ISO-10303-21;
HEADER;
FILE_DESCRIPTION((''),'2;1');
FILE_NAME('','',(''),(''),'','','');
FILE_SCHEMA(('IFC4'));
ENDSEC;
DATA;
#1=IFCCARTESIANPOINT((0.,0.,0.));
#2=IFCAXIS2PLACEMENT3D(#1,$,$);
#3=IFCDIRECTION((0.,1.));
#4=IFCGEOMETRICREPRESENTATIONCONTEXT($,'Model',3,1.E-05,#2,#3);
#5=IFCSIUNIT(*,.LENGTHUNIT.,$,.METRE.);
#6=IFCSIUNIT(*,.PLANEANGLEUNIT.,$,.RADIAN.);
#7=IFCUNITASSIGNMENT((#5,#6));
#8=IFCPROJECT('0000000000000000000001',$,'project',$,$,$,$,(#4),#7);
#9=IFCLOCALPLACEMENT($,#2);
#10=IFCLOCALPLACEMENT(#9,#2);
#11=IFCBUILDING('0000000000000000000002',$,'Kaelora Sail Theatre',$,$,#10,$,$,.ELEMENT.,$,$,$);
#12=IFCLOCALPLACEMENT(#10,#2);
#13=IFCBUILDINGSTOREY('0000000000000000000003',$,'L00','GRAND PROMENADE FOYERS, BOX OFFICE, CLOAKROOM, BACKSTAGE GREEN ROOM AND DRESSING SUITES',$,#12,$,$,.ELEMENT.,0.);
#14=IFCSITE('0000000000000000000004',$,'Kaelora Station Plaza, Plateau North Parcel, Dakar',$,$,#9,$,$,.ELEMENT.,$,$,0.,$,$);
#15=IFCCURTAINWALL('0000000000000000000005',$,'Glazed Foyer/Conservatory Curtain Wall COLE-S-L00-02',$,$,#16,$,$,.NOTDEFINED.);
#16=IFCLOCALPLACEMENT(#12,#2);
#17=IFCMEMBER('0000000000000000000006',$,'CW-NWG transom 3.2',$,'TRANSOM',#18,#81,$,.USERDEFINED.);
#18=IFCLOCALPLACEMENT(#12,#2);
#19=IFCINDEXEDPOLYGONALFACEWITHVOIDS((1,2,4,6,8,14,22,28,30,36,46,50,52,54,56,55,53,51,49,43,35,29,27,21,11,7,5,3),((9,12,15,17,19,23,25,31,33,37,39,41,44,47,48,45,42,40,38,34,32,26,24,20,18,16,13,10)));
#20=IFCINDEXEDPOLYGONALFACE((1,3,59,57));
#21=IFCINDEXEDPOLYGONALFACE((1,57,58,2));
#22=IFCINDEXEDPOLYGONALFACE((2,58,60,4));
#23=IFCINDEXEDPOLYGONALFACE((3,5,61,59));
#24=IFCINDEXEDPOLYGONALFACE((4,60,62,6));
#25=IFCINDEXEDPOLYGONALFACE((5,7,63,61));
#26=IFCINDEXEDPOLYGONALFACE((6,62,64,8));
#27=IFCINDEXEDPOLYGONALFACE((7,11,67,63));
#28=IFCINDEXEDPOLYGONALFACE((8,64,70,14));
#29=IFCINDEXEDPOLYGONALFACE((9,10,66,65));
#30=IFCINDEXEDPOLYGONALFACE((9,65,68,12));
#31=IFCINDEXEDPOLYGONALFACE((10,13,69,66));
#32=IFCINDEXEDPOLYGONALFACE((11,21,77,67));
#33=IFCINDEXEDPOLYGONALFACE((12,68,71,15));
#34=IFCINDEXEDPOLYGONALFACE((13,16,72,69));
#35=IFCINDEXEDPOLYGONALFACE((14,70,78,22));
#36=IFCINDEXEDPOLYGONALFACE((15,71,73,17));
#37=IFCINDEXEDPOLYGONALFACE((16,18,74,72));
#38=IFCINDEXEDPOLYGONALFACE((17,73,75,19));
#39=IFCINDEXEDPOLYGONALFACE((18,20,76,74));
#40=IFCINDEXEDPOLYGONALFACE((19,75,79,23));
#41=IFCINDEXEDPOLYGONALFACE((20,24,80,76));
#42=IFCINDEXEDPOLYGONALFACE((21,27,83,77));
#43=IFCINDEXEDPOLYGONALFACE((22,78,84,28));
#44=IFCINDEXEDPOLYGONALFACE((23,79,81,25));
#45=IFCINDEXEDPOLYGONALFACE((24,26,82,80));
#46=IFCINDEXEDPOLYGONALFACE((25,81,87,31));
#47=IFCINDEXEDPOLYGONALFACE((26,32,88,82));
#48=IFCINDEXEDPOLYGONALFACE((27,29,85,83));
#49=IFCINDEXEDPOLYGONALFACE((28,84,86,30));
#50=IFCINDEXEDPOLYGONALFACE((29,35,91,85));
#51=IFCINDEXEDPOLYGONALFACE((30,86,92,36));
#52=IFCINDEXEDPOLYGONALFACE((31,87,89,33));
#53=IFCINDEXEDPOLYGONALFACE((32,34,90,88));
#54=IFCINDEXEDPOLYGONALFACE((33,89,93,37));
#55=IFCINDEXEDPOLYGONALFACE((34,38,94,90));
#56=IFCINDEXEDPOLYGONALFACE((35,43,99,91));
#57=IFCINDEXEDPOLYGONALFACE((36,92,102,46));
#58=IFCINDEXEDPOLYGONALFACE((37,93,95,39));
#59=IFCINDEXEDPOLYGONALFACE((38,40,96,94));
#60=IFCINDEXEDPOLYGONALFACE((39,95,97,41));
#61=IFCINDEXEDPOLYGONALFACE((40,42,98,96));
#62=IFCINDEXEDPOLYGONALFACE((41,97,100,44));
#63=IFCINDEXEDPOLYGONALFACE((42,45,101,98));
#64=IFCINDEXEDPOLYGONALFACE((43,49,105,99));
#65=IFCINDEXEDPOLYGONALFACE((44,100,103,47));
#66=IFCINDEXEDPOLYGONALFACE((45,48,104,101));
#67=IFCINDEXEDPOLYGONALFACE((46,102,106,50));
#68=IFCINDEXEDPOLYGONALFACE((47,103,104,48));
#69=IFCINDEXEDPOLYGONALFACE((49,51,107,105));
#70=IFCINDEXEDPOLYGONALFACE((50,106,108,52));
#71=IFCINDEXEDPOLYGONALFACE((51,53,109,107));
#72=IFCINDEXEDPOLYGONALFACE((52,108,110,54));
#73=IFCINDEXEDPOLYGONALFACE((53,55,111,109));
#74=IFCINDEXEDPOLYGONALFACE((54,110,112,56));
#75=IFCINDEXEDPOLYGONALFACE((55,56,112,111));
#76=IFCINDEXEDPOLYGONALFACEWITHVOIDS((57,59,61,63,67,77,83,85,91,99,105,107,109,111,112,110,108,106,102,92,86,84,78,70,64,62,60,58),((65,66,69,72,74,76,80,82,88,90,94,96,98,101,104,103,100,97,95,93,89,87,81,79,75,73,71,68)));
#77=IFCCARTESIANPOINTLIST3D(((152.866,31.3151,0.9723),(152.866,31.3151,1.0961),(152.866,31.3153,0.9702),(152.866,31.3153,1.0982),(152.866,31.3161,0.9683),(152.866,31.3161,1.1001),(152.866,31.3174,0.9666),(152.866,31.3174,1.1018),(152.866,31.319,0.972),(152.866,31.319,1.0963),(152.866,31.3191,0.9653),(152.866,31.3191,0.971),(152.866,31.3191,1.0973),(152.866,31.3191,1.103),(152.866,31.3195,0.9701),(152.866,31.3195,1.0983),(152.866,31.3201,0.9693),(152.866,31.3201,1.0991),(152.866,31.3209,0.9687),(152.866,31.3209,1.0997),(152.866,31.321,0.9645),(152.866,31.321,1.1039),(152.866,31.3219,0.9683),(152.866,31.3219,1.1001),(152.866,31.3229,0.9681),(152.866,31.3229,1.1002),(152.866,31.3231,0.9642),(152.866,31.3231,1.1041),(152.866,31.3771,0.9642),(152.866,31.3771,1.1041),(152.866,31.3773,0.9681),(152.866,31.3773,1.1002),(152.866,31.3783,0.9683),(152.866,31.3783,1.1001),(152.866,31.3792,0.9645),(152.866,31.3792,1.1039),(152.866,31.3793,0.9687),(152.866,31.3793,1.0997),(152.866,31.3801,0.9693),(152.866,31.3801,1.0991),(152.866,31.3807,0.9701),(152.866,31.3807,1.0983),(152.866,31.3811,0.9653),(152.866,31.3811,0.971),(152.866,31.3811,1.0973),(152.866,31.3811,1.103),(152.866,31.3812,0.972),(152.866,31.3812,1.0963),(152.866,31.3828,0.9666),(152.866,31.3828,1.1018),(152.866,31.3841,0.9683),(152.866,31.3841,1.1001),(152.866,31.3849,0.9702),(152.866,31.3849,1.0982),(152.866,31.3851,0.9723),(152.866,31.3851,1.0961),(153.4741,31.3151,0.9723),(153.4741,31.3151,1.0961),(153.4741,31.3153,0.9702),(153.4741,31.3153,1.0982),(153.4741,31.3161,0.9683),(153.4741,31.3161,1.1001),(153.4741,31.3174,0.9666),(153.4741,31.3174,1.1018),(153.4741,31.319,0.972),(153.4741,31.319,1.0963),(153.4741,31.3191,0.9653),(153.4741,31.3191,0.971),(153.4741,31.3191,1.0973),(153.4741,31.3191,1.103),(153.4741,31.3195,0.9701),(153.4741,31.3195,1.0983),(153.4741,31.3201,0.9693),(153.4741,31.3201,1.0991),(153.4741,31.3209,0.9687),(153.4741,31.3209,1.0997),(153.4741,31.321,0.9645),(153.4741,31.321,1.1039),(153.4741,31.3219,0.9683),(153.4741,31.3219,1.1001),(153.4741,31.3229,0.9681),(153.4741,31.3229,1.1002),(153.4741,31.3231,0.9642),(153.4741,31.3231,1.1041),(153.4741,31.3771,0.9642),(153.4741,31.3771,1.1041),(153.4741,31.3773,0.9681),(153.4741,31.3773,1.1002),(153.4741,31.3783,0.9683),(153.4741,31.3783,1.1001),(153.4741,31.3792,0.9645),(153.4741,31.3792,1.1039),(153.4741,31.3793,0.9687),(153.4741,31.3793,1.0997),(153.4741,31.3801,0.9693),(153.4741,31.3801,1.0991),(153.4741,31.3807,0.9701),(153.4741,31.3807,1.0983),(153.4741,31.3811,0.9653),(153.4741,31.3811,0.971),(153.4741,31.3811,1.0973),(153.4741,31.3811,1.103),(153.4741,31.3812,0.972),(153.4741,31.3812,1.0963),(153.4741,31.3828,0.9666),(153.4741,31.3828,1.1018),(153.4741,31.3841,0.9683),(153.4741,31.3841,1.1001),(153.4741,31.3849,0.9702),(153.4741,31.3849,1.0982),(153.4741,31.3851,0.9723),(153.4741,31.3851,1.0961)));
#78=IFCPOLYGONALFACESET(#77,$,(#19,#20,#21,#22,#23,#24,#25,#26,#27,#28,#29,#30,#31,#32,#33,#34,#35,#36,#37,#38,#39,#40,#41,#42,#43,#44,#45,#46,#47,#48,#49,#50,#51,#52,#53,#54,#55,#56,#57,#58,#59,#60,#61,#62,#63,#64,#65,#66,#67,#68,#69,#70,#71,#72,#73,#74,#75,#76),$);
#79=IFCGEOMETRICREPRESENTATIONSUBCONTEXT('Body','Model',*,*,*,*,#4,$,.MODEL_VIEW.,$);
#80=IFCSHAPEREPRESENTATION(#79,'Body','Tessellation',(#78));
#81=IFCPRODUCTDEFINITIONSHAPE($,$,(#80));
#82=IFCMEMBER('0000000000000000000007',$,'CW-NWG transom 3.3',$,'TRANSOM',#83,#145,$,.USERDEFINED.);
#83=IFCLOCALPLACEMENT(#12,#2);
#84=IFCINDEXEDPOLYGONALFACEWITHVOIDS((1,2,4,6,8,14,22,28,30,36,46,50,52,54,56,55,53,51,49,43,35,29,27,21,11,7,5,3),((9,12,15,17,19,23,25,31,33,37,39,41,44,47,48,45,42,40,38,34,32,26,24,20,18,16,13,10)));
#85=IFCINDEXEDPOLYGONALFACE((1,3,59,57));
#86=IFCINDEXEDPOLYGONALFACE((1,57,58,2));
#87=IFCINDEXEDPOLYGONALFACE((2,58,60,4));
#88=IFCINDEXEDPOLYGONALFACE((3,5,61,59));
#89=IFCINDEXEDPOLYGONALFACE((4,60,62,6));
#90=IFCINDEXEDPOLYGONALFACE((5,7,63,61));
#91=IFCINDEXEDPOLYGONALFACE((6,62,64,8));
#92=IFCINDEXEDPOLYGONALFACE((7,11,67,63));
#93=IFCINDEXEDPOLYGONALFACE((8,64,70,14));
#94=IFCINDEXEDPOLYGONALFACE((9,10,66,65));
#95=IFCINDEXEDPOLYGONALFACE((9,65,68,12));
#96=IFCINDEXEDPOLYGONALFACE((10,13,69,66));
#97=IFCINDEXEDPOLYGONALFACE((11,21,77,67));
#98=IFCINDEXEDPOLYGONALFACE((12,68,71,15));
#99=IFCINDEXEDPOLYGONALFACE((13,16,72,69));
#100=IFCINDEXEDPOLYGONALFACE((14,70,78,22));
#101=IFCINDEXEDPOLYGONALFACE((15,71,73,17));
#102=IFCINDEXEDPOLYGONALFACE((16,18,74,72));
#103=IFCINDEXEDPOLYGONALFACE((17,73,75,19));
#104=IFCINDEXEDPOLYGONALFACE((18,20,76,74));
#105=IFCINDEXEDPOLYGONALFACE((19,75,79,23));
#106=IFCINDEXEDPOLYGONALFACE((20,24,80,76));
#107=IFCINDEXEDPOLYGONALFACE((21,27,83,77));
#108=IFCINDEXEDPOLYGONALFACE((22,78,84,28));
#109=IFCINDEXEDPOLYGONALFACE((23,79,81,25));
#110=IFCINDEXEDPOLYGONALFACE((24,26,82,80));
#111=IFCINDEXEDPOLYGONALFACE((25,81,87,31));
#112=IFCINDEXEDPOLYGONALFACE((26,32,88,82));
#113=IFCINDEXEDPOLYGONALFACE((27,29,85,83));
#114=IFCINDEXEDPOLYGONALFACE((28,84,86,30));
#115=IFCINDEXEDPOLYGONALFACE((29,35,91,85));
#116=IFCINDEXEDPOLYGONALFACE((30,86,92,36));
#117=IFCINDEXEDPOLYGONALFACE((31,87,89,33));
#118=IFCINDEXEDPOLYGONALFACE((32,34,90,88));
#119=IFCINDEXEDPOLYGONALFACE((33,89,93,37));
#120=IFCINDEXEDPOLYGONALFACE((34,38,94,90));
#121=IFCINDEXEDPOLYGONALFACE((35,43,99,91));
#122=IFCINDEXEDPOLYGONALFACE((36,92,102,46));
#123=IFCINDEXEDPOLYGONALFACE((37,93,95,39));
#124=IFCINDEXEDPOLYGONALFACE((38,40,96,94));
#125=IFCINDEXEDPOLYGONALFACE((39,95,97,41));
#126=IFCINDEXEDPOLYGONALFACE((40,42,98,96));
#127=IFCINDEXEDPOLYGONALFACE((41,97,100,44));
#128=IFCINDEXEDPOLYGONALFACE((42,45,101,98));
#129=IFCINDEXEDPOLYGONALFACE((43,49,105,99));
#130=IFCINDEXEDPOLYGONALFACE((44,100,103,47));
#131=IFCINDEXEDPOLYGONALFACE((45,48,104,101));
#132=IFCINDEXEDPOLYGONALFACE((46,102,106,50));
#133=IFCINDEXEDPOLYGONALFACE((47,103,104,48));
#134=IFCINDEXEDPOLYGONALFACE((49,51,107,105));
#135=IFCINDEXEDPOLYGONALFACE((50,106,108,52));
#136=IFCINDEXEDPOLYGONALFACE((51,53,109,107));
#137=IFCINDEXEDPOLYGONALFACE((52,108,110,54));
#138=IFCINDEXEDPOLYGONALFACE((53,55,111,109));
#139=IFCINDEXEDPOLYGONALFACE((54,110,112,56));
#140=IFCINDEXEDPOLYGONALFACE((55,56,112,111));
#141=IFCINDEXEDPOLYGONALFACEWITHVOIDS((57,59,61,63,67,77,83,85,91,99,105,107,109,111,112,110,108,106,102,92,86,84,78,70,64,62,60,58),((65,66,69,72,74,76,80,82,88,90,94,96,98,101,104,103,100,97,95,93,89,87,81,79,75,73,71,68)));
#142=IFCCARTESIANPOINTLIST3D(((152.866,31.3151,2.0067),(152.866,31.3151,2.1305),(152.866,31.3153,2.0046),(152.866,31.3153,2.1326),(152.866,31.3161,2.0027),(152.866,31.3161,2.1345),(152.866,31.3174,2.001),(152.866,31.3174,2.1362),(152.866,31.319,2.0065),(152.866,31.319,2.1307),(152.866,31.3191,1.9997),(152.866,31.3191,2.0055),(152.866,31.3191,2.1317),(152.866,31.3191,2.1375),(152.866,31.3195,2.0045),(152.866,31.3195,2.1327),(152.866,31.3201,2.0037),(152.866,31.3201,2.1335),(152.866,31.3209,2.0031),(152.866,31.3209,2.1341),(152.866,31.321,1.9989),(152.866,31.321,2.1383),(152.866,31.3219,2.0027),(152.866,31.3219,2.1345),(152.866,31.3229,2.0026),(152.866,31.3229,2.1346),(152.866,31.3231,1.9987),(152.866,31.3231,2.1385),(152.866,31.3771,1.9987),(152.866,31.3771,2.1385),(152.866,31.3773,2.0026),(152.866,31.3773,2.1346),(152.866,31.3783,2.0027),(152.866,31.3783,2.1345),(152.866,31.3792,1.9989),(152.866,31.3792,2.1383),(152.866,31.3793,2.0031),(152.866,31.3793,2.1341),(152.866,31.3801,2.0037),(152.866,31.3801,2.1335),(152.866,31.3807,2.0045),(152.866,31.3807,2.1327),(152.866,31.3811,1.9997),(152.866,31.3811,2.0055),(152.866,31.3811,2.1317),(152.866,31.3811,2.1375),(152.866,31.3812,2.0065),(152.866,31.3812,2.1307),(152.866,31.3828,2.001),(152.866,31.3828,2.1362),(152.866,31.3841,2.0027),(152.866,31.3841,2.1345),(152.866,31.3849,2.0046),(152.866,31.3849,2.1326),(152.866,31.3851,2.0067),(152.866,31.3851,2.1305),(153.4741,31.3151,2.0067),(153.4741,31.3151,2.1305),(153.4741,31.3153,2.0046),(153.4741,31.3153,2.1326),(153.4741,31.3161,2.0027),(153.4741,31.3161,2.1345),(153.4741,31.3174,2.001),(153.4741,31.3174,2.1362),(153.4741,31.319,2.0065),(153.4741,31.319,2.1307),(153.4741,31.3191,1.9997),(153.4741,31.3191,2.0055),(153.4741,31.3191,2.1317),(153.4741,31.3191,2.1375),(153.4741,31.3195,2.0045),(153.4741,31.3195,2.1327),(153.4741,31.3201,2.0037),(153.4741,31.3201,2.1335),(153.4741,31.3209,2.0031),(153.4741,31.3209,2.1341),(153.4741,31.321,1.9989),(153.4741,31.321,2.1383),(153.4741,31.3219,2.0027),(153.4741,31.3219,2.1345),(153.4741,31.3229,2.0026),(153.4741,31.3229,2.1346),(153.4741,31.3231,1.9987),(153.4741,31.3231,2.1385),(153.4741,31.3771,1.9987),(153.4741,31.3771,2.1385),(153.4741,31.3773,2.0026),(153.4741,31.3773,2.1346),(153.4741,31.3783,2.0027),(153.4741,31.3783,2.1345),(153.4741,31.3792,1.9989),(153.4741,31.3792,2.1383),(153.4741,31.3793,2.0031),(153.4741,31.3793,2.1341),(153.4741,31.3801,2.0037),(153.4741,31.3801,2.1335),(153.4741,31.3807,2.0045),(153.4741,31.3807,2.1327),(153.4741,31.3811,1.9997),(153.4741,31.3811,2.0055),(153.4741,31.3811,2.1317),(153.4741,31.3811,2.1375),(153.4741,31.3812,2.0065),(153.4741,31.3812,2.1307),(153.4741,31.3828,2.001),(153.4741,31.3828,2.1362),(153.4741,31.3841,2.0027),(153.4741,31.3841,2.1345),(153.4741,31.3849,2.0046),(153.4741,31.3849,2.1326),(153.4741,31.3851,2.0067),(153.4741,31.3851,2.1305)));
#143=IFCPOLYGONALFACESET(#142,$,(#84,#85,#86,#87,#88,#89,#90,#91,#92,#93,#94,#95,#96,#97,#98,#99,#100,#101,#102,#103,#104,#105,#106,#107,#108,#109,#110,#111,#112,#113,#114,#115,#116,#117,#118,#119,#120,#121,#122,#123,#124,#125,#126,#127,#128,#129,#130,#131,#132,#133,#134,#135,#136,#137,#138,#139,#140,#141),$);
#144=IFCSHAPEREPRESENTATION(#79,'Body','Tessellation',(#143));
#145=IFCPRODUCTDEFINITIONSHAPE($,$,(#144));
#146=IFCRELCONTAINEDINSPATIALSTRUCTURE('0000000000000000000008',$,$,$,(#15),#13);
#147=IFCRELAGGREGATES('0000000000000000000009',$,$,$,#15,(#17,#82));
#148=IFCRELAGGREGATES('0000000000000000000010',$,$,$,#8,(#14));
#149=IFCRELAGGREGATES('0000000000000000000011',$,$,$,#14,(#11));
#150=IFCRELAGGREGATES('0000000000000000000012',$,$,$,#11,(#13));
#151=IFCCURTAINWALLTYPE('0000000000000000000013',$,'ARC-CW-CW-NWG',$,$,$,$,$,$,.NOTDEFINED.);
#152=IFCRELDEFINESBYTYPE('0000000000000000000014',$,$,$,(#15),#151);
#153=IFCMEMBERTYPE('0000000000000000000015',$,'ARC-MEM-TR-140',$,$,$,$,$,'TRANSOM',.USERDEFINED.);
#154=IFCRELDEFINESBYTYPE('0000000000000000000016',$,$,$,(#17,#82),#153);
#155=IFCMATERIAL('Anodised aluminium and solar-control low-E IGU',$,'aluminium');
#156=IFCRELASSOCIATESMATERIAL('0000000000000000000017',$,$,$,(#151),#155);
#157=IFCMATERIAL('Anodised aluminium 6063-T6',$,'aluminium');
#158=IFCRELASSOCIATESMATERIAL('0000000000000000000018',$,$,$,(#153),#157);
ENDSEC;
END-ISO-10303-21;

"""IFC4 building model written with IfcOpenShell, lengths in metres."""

from ifc_helpers import new_model, si_unit, direction, frame, origin, origin_2d, place, context, subcontext, project, spatial, hollow_rectangle, extrude, material, material_profile, profile_set, type_object, element, aggregate, save


model = new_model("IFC4")

# Units and contexts
model_context = context("Model", 3, precision=1e-05, world=origin(), true_north=direction((0.0, 1.0)))
body_context = subcontext(model_context, "Body", "Model", "MODEL_VIEW")
ifc_project = project(units=[si_unit("LENGTHUNIT", "METRE"), si_unit("PLANEANGLEUNIT", "RADIAN")], contexts=[model_context])

# Site, building, storey
site_placement = place(None, origin())
site = spatial("IfcSite", under=ifc_project, at=site_placement, Name="Kaelora Station Plaza, Plateau North Parcel, Dakar", CompositionType="ELEMENT", RefElevation=0.0)
building_placement = place(site_placement, origin())
building = spatial("IfcBuilding", under=site, at=building_placement, Name="Kaelora Sail Theatre", CompositionType="ELEMENT")
storey_placement = place(building_placement, origin())
storey = spatial("IfcBuildingStorey", under=building, at=storey_placement, Name="L00", Description="GRAND PROMENADE FOYERS, BOX OFFICE, CLOAKROOM, BACKSTAGE GREEN ROOM AND DRESSING SUITES", CompositionType="ELEMENT", Elevation=0.0)

# Curtain wall, members
ifc_material_1 = material(Name="Anodised aluminium and solar-control low-E IGU", Category="aluminium")
curtain_wall_type = type_object("IfcCurtainWallType", Name="ARC-CW-CW-NWG", PredefinedType="NOTDEFINED", material=ifc_material_1)
curtain_wall_placement = place(storey_placement, origin())
curtain_wall = element("IfcCurtainWall", 1, at=curtain_wall_placement, inside=storey, type_object=curtain_wall_type, Name="Glazed Foyer/Conservatory Curtain Wall COLE-S-L00-02", PredefinedType="NOTDEFINED")
ifc_material_2 = material(Name="Anodised aluminium 6063-T6", Category="aluminium")
ifc_material_profile_1 = material_profile(ifc_material_2, hollow_rectangle(XDim=0.0701, YDim=0.1399, WallThickness=0.0039, InnerFilletRadius=0.0039, OuterFilletRadius=0.0081, at=origin_2d()), Name="ALU-TRAN 70x140x4")
ifc_profile_set_1 = profile_set([ifc_material_profile_1], Name="Anodised aluminium 6063-T6")
member_type_1 = type_object("IfcMemberType", Name="ARC-MEM-TR-140", ElementType="TRANSOM", PredefinedType="USERDEFINED", material=ifc_profile_set_1)
member_1_placement = place(storey_placement, frame((152.866, 31.3501, 1.0342), z_axis=(1.0, 0.0, 0.0), x_axis=(0.0, 1.0, 0.0)))
member_1 = element("IfcMember", 2, at=member_1_placement, type_object=member_type_1, Name="CW-NWG transom 3.2", ObjectType="TRANSOM", PredefinedType="USERDEFINED", context=body_context, shape_type="SweptSolid", body=[
    extrude(hollow_rectangle(XDim=0.0701, YDim=0.1399, WallThickness=0.0039, InnerFilletRadius=0.0039, OuterFilletRadius=0.0081, at=origin_2d()), origin(), (0.0, 0.0, 1.0), 0.6082),
])
member_2_placement = place(storey_placement, frame((152.866, 31.3501, 2.0686), z_axis=(1.0, 0.0, 0.0), x_axis=(0.0, 1.0, 0.0)))
member_2 = element("IfcMember", 3, at=member_2_placement, type_object=member_type_1, Name="CW-NWG transom 3.3", ObjectType="TRANSOM", PredefinedType="USERDEFINED", context=body_context, shape_type="SweptSolid", body=[
    extrude(hollow_rectangle(XDim=0.0701, YDim=0.1399, WallThickness=0.0039, InnerFilletRadius=0.0039, OuterFilletRadius=0.0081, at=origin_2d()), origin(), (0.0, 0.0, 1.0), 0.6082),
])

aggregate(curtain_wall, [member_1, member_2])

save(model, "model.ifc")
